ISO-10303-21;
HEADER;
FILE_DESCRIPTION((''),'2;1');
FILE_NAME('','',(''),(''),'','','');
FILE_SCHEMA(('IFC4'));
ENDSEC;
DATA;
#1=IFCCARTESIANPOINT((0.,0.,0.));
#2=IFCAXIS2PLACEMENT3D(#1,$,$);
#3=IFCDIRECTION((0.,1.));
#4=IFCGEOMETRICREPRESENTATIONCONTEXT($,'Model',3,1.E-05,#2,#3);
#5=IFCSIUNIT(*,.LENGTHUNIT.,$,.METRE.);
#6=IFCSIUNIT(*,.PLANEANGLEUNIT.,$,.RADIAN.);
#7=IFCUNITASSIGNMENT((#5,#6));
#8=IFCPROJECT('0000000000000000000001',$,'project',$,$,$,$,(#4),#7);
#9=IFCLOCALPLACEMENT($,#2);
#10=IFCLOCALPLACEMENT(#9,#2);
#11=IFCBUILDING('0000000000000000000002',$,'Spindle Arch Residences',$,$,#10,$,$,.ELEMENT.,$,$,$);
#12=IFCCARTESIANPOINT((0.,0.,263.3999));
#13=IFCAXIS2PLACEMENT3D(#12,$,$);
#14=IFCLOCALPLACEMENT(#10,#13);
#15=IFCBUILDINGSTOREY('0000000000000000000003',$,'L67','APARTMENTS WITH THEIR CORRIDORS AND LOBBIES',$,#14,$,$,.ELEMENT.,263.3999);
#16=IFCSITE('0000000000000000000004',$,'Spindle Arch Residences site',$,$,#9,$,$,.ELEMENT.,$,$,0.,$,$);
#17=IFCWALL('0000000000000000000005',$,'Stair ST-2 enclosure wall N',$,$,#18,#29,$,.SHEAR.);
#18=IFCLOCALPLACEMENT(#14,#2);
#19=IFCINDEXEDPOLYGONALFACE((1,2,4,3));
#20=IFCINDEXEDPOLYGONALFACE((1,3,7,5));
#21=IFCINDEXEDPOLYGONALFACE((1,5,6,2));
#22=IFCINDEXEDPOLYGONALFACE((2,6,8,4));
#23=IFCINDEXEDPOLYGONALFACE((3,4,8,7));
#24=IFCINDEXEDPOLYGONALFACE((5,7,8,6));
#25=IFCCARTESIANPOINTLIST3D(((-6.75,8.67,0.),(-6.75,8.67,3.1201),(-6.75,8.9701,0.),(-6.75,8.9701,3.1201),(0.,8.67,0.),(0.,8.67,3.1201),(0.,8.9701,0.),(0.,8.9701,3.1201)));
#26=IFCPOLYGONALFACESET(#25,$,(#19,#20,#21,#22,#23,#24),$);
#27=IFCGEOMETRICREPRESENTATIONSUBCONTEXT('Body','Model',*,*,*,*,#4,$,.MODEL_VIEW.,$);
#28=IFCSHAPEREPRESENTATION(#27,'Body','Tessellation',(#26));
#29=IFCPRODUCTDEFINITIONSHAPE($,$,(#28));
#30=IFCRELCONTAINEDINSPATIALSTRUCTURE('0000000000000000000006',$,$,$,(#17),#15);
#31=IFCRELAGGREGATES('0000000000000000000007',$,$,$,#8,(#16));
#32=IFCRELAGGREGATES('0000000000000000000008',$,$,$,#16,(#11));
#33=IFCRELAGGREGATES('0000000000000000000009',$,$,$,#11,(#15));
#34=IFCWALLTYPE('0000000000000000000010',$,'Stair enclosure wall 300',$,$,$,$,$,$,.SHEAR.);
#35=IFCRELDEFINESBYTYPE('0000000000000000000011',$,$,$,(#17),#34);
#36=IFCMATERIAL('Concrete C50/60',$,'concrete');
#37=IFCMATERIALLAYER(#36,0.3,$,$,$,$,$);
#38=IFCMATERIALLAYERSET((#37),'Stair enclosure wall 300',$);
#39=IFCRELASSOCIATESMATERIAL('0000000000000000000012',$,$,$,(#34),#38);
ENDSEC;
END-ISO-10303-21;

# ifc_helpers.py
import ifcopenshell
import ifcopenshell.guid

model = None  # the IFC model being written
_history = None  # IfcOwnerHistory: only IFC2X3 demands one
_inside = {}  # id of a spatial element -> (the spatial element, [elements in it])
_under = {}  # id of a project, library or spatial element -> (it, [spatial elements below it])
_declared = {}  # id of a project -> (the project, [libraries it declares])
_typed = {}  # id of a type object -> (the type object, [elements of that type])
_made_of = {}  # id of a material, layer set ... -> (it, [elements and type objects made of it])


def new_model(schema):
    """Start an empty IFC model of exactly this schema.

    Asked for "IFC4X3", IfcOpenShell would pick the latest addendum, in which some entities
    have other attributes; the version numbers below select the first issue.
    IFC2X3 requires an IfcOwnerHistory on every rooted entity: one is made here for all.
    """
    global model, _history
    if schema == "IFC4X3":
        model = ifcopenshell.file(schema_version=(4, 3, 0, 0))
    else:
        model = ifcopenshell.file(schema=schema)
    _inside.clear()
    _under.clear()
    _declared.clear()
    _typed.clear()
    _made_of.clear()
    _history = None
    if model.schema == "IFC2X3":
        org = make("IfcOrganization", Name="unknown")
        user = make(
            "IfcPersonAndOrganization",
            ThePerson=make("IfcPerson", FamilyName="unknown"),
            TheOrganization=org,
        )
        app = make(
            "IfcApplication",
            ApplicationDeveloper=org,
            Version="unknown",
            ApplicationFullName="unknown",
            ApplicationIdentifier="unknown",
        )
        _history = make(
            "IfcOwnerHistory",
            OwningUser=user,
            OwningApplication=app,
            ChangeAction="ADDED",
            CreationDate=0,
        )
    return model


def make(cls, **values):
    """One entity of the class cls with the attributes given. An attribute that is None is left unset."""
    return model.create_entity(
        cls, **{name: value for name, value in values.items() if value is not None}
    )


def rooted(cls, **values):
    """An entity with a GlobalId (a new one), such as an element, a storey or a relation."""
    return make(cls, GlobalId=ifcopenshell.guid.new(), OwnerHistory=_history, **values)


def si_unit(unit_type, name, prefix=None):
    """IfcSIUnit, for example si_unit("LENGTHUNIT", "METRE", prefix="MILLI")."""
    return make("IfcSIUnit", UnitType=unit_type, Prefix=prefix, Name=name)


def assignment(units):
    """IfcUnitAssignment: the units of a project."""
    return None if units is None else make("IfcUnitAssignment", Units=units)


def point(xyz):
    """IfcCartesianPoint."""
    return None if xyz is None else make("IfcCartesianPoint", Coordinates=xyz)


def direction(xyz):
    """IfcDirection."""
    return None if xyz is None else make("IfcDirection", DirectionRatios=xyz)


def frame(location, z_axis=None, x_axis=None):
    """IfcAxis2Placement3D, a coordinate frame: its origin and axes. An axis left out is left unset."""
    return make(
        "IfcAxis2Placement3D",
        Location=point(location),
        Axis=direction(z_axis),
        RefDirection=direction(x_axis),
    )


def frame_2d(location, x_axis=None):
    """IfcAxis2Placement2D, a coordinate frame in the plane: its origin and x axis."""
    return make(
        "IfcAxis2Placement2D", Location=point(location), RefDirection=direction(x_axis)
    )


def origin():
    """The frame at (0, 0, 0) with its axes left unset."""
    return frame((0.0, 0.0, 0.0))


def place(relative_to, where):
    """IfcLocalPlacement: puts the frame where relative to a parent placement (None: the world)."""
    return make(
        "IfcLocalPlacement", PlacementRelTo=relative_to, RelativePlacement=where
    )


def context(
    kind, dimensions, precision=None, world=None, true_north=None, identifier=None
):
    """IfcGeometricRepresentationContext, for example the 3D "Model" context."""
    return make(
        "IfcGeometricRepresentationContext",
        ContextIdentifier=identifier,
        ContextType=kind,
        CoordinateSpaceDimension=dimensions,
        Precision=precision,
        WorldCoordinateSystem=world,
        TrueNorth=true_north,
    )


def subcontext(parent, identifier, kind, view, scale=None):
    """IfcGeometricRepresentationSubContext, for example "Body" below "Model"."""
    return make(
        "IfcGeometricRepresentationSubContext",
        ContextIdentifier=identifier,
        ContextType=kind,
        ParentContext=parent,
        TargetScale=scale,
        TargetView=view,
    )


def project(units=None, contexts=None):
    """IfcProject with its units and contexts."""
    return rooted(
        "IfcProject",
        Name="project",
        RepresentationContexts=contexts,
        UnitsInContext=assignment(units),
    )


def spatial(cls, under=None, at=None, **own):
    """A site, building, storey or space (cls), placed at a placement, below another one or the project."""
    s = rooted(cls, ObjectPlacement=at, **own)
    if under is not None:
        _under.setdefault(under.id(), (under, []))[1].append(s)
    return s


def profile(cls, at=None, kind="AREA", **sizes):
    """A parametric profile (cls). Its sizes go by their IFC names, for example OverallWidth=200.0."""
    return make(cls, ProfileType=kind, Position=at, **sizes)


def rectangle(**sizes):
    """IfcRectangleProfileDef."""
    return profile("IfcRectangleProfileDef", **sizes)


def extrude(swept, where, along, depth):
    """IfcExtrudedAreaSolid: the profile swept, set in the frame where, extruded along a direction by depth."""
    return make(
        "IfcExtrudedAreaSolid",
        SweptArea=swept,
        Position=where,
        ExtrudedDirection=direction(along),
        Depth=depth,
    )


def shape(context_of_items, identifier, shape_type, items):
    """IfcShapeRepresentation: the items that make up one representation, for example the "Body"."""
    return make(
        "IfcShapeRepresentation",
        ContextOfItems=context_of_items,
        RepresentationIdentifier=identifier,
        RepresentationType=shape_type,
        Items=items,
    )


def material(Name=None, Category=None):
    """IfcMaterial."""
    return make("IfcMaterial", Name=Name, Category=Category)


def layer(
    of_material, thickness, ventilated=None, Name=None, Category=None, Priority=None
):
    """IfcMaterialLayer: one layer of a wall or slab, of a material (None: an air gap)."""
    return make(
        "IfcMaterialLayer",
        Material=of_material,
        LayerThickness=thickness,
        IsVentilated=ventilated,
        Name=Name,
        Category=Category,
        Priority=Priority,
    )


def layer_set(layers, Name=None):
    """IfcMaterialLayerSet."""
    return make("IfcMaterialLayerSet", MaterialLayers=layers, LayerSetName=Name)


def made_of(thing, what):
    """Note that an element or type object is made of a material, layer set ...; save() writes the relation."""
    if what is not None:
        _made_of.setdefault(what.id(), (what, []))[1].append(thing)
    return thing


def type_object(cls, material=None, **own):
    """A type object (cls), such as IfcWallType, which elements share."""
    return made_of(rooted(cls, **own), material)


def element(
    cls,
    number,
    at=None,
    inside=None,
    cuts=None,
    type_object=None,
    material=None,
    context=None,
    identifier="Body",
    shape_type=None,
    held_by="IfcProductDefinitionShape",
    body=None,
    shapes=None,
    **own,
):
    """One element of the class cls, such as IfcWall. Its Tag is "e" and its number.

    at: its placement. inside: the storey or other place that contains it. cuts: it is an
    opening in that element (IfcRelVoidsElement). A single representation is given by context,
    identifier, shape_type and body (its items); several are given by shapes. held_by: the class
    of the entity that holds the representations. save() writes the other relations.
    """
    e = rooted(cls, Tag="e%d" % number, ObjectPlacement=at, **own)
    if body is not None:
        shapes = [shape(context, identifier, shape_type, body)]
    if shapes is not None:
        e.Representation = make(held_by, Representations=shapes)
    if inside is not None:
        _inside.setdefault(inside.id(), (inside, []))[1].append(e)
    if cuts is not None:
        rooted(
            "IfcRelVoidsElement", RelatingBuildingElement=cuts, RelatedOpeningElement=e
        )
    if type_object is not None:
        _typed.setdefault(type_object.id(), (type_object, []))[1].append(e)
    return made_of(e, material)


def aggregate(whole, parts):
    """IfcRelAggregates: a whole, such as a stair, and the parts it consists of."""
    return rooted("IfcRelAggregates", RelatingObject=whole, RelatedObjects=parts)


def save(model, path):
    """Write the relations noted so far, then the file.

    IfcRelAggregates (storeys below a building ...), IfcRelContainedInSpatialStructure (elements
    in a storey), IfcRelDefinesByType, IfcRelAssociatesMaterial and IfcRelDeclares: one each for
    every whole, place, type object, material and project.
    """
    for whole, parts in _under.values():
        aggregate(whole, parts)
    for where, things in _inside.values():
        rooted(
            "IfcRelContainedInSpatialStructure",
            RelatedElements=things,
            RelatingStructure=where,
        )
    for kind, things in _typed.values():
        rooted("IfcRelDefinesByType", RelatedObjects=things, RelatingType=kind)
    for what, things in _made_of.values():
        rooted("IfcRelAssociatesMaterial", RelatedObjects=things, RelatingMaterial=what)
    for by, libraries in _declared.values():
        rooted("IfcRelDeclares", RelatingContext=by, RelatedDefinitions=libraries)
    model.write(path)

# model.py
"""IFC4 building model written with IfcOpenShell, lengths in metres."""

from ifc_helpers import new_model, si_unit, direction, frame, frame_2d, origin, place, context, subcontext, project, spatial, rectangle, extrude, material, layer, layer_set, type_object, element, save


model = new_model("IFC4")

# Units and contexts
model_context = context("Model", 3, precision=1e-05, world=origin(), true_north=direction((0.0, 1.0)))
body_context = subcontext(model_context, "Body", "Model", "MODEL_VIEW")
ifc_project = project(units=[si_unit("LENGTHUNIT", "METRE"), si_unit("PLANEANGLEUNIT", "RADIAN")], contexts=[model_context])

# Site, building, storey
site_placement = place(None, origin())
site = spatial("IfcSite", under=ifc_project, at=site_placement, Name="Spindle Arch Residences site", CompositionType="ELEMENT", RefElevation=0.0)
building_placement = place(site_placement, origin())
building = spatial("IfcBuilding", under=site, at=building_placement, Name="Spindle Arch Residences", CompositionType="ELEMENT")
storey_placement = place(building_placement, frame((0.0, 0.0, 263.3999)))
storey = spatial("IfcBuildingStorey", under=building, at=storey_placement, Name="L67", Description="APARTMENTS WITH THEIR CORRIDORS AND LOBBIES", CompositionType="ELEMENT", Elevation=263.3999)

# Wall
ifc_material_1 = material(Name="Concrete C50/60", Category="concrete")
ifc_layer_1 = layer(ifc_material_1, 0.3)
ifc_layer_set_1 = layer_set([ifc_layer_1], Name="Stair enclosure wall 300")
wall_type_1 = type_object("IfcWallType", Name="Stair enclosure wall 300", PredefinedType="SHEAR", material=ifc_layer_set_1)
for number, where, z_axis, x_axis, name in (
    (1, (-6.75, 8.8201, 0.0), (0.0, 0.0, 1.0), (1.0, 0.0, 0.0), "Stair ST-2 enclosure wall N"),
):
    element("IfcWall", number, at=place(storey_placement, frame(where, z_axis=z_axis, x_axis=x_axis)), inside=storey, type_object=wall_type_1, Name=name, PredefinedType="SHEAR", context=body_context, shape_type="SweptSolid", body=[
        extrude(rectangle(XDim=6.75, YDim=0.3, at=frame_2d((3.375, 0.0))), origin(), (0.0, 0.0, 1.0), 3.1201),
    ])

save(model, "model.ifc")
